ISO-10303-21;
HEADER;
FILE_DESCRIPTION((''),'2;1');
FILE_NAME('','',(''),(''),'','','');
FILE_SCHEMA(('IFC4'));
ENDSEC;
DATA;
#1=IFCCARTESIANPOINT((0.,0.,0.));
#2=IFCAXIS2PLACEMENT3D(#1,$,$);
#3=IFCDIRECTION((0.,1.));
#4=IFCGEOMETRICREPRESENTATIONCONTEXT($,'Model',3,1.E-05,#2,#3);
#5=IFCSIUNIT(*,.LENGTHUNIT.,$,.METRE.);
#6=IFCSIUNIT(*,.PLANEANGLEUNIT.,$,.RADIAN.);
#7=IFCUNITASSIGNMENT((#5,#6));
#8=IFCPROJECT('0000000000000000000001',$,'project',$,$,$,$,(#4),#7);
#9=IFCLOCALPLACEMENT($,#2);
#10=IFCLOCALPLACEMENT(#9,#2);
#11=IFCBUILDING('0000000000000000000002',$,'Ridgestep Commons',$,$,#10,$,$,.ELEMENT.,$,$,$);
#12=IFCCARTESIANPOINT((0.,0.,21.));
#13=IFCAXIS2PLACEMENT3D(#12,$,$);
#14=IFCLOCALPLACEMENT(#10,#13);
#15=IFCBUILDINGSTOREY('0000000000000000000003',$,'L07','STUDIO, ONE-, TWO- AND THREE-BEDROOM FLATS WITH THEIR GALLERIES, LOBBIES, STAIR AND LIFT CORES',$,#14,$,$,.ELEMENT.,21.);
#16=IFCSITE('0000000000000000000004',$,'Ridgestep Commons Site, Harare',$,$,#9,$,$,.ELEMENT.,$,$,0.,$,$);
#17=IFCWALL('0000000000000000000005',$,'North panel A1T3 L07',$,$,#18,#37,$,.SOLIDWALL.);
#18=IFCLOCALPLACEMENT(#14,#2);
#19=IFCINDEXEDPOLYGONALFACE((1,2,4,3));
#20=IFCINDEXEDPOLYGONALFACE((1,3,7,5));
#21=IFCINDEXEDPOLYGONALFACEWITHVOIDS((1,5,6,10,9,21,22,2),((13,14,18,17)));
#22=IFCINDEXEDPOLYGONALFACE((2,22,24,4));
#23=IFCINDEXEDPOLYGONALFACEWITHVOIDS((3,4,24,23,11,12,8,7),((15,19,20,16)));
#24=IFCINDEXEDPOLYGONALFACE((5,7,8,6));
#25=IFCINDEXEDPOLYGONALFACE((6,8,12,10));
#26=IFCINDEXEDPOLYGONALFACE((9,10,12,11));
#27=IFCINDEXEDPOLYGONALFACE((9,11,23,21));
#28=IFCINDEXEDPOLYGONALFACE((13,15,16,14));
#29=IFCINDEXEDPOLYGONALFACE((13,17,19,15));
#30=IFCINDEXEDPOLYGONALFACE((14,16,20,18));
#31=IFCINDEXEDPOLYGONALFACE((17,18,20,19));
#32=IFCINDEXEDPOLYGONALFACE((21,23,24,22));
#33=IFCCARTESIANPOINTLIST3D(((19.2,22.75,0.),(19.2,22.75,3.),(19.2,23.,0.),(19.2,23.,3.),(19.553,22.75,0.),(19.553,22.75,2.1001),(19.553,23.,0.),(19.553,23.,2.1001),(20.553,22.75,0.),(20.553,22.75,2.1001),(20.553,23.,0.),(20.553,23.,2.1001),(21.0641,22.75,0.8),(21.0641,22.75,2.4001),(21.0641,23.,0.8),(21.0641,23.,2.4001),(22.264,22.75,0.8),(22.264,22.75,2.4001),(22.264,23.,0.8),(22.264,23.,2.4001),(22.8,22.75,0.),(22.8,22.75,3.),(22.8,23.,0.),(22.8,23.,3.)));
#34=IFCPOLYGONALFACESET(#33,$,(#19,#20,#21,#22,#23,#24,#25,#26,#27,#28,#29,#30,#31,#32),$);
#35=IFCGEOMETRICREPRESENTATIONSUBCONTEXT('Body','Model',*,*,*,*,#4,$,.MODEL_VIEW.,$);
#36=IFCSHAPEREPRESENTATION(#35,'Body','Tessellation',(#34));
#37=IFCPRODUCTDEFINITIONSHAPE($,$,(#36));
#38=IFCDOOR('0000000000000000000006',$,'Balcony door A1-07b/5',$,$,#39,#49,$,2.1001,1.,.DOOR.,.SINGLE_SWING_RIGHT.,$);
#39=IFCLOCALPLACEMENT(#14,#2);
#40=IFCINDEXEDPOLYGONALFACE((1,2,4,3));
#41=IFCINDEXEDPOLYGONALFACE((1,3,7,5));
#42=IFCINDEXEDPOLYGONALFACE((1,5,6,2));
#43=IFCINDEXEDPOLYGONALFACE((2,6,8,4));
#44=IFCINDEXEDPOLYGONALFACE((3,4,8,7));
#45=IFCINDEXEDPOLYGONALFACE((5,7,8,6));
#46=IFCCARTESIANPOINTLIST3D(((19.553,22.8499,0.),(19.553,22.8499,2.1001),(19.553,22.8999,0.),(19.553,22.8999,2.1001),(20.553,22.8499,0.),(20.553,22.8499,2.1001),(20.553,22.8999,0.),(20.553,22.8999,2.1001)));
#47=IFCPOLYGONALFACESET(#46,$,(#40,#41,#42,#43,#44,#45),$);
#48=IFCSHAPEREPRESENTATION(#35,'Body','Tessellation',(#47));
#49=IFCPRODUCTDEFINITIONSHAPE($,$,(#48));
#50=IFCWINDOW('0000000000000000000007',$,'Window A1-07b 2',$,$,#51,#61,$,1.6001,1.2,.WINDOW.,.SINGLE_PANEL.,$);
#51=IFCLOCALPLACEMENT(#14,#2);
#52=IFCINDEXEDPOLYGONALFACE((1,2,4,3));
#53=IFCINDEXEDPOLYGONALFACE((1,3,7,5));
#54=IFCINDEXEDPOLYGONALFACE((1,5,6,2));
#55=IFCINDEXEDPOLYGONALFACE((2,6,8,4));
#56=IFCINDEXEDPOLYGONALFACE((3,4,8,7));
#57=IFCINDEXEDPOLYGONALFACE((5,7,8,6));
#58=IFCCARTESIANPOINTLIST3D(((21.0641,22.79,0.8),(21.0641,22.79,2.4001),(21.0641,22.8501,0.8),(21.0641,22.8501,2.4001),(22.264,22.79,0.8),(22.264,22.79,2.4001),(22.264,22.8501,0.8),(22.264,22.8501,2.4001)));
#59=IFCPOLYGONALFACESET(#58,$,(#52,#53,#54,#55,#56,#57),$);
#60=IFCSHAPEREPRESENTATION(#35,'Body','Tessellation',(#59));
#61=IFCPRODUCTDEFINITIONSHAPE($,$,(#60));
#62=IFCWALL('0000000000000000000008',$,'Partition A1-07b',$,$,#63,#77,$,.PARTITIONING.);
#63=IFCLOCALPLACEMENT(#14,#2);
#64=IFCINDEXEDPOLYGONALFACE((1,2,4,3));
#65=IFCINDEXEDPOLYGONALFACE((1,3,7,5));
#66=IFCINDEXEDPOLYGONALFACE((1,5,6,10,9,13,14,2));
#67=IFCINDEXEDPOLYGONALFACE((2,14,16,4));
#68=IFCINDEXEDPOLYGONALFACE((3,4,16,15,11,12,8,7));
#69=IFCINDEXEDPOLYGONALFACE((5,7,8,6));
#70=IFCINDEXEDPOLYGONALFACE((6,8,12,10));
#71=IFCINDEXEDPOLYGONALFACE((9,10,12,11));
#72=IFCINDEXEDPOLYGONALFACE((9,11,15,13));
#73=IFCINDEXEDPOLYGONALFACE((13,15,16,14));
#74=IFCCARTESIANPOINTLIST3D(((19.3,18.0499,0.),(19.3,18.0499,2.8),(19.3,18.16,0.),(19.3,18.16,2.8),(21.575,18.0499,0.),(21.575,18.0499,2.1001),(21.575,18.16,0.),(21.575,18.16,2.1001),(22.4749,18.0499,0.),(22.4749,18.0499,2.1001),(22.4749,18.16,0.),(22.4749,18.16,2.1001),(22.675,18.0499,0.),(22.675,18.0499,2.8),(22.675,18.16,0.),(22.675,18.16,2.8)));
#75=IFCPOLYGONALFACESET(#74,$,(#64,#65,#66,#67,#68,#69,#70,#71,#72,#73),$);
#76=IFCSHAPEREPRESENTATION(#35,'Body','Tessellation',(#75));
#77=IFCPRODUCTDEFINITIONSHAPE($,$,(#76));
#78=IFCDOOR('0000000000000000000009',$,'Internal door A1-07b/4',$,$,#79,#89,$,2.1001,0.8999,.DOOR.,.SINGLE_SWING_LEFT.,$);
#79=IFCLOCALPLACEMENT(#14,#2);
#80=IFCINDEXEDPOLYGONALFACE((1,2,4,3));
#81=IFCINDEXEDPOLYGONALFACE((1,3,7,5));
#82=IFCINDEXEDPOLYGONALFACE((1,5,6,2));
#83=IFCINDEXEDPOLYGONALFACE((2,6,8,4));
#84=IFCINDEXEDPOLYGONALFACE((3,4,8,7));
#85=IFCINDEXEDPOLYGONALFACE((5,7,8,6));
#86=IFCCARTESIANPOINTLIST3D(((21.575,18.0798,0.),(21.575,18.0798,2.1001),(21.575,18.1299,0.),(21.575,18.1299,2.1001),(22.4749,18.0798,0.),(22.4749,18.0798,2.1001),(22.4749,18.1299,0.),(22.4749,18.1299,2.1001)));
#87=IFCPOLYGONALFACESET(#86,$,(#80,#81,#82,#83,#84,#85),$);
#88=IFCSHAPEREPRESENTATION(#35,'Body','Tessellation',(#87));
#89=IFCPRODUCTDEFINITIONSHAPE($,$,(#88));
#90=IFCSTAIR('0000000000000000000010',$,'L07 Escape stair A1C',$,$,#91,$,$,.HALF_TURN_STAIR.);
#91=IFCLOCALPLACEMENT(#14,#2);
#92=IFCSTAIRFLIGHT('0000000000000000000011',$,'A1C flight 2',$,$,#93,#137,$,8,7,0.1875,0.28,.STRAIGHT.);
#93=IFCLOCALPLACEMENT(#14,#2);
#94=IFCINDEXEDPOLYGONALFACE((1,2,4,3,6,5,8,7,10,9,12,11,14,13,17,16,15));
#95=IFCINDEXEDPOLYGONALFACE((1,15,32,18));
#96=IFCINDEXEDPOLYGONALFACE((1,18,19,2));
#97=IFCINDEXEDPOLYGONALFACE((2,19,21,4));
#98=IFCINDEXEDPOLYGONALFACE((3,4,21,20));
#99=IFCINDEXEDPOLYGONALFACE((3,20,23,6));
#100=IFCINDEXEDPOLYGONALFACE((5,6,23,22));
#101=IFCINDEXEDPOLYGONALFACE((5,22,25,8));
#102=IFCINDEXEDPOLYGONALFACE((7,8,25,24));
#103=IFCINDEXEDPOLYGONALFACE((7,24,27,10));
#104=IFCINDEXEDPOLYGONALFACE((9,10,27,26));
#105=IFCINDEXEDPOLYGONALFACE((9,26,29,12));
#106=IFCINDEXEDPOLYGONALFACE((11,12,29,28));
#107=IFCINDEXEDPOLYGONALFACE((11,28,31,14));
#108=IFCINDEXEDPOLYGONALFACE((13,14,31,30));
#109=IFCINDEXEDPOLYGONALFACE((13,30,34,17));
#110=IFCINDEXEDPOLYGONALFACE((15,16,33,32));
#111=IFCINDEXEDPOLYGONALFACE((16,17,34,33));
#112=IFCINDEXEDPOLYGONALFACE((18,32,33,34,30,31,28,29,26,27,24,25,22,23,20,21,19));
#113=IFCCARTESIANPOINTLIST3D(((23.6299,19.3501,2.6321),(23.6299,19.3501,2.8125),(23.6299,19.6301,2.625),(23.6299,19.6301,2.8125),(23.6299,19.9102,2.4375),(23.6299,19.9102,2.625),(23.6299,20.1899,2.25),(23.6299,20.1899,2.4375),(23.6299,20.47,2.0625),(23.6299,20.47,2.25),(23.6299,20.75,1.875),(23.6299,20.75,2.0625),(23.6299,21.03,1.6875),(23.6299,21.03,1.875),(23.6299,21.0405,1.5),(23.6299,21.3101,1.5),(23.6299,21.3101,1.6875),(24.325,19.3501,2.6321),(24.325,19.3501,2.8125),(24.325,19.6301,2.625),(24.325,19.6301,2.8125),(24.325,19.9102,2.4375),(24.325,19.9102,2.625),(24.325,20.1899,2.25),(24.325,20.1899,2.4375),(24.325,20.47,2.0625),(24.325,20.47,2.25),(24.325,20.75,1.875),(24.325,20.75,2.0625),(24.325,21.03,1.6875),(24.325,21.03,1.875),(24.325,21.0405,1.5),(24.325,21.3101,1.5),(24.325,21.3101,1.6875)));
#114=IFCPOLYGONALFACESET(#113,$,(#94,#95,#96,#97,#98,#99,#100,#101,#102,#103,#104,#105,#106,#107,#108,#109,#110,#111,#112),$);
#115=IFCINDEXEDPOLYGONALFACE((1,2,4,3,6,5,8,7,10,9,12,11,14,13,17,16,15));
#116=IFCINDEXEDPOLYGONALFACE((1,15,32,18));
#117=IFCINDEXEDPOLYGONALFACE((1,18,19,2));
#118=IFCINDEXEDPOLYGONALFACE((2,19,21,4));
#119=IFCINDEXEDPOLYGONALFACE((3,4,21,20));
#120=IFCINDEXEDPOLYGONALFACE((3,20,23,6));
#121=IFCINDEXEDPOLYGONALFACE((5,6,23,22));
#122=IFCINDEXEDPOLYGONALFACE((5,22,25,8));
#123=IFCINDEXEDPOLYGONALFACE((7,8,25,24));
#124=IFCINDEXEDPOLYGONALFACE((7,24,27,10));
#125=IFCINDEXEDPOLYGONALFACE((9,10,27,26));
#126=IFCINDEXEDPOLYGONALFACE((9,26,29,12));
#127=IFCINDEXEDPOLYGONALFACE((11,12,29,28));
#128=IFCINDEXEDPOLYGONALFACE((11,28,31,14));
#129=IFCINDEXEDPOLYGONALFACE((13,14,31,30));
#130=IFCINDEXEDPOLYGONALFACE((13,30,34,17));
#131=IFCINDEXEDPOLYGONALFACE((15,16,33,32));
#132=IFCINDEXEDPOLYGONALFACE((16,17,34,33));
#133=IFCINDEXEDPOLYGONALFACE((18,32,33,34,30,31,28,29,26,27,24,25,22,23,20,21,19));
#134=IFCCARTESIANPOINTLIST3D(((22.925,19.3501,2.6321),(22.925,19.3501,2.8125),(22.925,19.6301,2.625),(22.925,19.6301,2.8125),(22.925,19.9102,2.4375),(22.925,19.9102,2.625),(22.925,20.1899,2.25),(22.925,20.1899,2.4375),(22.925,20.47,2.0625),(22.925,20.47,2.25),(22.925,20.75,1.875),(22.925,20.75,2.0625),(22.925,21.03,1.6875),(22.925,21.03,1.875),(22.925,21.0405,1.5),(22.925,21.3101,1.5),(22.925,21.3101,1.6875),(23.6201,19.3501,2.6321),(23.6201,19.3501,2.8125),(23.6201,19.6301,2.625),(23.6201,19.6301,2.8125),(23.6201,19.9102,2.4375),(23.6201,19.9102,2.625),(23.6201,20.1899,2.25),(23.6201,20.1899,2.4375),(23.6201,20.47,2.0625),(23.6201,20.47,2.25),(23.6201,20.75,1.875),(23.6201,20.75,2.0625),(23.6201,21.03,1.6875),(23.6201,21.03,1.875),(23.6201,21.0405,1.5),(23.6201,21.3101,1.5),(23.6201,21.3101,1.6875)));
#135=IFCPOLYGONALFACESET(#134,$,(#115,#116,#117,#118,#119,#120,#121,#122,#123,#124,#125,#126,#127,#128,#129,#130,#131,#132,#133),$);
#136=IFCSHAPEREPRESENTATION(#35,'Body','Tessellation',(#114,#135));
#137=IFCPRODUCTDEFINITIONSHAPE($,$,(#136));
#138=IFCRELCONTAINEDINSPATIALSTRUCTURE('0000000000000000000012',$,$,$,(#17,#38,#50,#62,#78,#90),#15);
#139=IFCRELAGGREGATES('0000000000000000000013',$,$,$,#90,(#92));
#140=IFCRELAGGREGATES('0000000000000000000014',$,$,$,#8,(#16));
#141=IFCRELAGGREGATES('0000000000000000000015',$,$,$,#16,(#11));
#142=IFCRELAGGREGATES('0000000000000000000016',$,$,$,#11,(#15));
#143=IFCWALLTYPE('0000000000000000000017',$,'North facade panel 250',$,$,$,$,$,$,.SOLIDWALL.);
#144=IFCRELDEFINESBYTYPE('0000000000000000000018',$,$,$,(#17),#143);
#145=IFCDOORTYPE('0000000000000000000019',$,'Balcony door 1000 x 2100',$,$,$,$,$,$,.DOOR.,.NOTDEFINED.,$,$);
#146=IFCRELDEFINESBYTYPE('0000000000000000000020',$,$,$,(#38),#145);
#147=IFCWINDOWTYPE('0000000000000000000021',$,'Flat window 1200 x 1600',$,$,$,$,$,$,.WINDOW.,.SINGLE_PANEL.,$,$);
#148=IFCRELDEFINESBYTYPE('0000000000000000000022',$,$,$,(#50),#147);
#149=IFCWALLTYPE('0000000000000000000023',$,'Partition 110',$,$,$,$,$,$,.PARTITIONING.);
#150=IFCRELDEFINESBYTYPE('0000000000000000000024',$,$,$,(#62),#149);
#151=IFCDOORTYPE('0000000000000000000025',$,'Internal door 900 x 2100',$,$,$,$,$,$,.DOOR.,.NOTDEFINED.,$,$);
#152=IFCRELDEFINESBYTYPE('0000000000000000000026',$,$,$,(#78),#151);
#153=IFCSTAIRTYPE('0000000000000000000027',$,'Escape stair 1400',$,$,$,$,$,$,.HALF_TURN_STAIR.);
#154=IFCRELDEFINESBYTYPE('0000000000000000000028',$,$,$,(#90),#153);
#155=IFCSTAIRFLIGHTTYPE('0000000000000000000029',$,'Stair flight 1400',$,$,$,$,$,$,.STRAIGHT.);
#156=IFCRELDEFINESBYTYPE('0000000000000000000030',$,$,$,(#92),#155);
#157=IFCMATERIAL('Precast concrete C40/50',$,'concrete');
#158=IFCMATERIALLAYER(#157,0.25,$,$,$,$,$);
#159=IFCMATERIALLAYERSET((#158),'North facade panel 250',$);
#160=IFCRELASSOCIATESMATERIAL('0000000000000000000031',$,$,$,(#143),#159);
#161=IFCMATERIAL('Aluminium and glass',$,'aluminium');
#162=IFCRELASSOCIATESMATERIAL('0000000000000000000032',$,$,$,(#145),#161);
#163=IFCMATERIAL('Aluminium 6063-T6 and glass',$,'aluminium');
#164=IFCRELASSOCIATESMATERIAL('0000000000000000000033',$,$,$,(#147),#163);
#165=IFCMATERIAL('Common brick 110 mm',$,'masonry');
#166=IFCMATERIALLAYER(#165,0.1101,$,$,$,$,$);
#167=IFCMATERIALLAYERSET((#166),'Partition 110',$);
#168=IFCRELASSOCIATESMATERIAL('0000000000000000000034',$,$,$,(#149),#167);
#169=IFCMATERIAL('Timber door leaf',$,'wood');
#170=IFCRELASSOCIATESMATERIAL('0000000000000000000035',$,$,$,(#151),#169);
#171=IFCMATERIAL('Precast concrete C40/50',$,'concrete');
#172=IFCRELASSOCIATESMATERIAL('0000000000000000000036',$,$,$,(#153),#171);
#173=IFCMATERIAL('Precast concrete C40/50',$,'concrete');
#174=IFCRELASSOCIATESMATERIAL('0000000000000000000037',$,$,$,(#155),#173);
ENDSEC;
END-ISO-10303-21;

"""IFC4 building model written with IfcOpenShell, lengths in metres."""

from ifc_helpers import new_model, si_unit, direction, frame, frame_2d, origin, place, context, subcontext, project, spatial, polyline, rectangle, outline, extrude, material, layer, layer_set, type_object, element, fill, aggregate, save


model = new_model("IFC4")

# Units and contexts
model_context = context("Model", 3, precision=1e-05, world=origin(), true_north=direction((0.0, 1.0)))
body_context = subcontext(model_context, "Body", "Model", "MODEL_VIEW")
ifc_project = project(units=[si_unit("LENGTHUNIT", "METRE"), si_unit("PLANEANGLEUNIT", "RADIAN")], contexts=[model_context])

# Site, building, storey
site_placement = place(None, origin())
site = spatial("IfcSite", under=ifc_project, at=site_placement, Name="Ridgestep Commons Site, Harare", CompositionType="ELEMENT", RefElevation=0.0)
building_placement = place(site_placement, origin())
building = spatial("IfcBuilding", under=site, at=building_placement, Name="Ridgestep Commons", CompositionType="ELEMENT")
storey_placement = place(building_placement, frame((0.0, 0.0, 21.0)))
storey = spatial("IfcBuildingStorey", under=building, at=storey_placement, Name="L07", Description="STUDIO, ONE-, TWO- AND THREE-BEDROOM FLATS WITH THEIR GALLERIES, LOBBIES, STAIR AND LIFT CORES", CompositionType="ELEMENT", Elevation=21.0)

# Wall, openings, door, window
ifc_material_1 = material(Name="Precast concrete C40/50", Category="concrete")
ifc_layer_1 = layer(ifc_material_1, 0.25)
ifc_layer_set_1 = layer_set([ifc_layer_1], Name="North facade panel 250")
wall_type_1 = type_object("IfcWallType", Name="North facade panel 250", PredefinedType="SOLIDWALL", material=ifc_layer_set_1)
wall_1_placement = place(storey_placement, frame((19.2, 22.875, 0.0), z_axis=(0.0, 0.0, 1.0), x_axis=(1.0, 0.0, 0.0)))
wall_1 = element("IfcWall", 1, at=wall_1_placement, inside=storey, type_object=wall_type_1, Name="North panel A1T3 L07", PredefinedType="SOLIDWALL", context=body_context, shape_type="SweptSolid", body=[
    extrude(rectangle(XDim=3.6001, YDim=0.25, at=frame_2d((1.8, 0.0))), origin(), (0.0, 0.0, 1.0), 3.0),
])
opening_1_placement = place(wall_1_placement, frame((1.864, 0.0, 0.8)))
opening_1 = element("IfcOpeningElement", 2, at=opening_1_placement, cuts=wall_1, PredefinedType="OPENING", context=body_context, shape_type="SweptSolid", body=[
    extrude(rectangle(XDim=1.2, YDim=1.6001, at=frame_2d((0.6001, 0.8))), frame((0.0, 0.135, 0.0), z_axis=(0.0, -1.0, 0.0), x_axis=(1.0, 0.0, 0.0)), (0.0, 0.0, 1.0), 0.27),
])
opening_2_placement = place(wall_1_placement, frame((0.353, 0.0, 0.0)))
opening_2 = element("IfcOpeningElement", 3, at=opening_2_placement, cuts=wall_1, PredefinedType="OPENING", context=body_context, shape_type="SweptSolid", body=[
    extrude(rectangle(XDim=1.0, YDim=2.1001, at=frame_2d((0.5, 1.05))), frame((0.0, 0.135, 0.0), z_axis=(0.0, -1.0, 0.0), x_axis=(1.0, 0.0, 0.0)), (0.0, 0.0, 1.0), 0.27),
])
ifc_material_2 = material(Name="Aluminium and glass", Category="aluminium")
door_type_1 = type_object("IfcDoorType", Name="Balcony door 1000 x 2100", OperationType="NOTDEFINED", PredefinedType="DOOR", material=ifc_material_2)
door_1_placement = place(opening_2_placement, origin())
door_1 = element("IfcDoor", 4, at=door_1_placement, inside=storey, type_object=door_type_1, Name="Balcony door A1-07b/5", OperationType="SINGLE_SWING_RIGHT", OverallHeight=2.1001, OverallWidth=1.0, PredefinedType="DOOR", context=body_context, shape_type="SweptSolid", body=[
    extrude(rectangle(XDim=1.0, YDim=2.1001, at=frame_2d((0.5, 1.05))), frame((0.0, 0.0249, 0.0), z_axis=(0.0, -1.0, 0.0), x_axis=(1.0, 0.0, 0.0)), (0.0, 0.0, 1.0), 0.05),
])
fill(opening_2, door_1)
ifc_material_3 = material(Name="Aluminium 6063-T6 and glass", Category="aluminium")
window_type = type_object("IfcWindowType", Name="Flat window 1200 x 1600", PartitioningType="SINGLE_PANEL", PredefinedType="WINDOW", material=ifc_material_3)
window_placement = place(opening_1_placement, origin())
window = element("IfcWindow", 5, at=window_placement, inside=storey, type_object=window_type, Name="Window A1-07b 2", OverallHeight=1.6001, OverallWidth=1.2, PartitioningType="SINGLE_PANEL", PredefinedType="WINDOW", context=body_context, shape_type="SweptSolid", body=[
    extrude(rectangle(XDim=1.2, YDim=1.6001, at=frame_2d((0.6001, 0.8))), frame((0.0, -0.0249, 0.0), z_axis=(0.0, -1.0, 0.0), x_axis=(1.0, 0.0, 0.0)), (0.0, 0.0, 1.0), 0.0601),
])
fill(opening_1, window)

# Wall, opening, door
ifc_material_4 = material(Name="Common brick 110 mm", Category="masonry")
ifc_layer_2 = layer(ifc_material_4, 0.1101)
ifc_layer_set_2 = layer_set([ifc_layer_2], Name="Partition 110")
wall_type_2 = type_object("IfcWallType", Name="Partition 110", PredefinedType="PARTITIONING", material=ifc_layer_set_2)
wall_2_placement = place(storey_placement, frame((19.3, 18.105, 0.0), z_axis=(0.0, 0.0, 1.0), x_axis=(1.0, 0.0, 0.0)))
wall_2 = element("IfcWall", 6, at=wall_2_placement, inside=storey, type_object=wall_type_2, Name="Partition A1-07b", PredefinedType="PARTITIONING", context=body_context, shape_type="SweptSolid", body=[
    extrude(rectangle(XDim=3.375, YDim=0.1101, at=frame_2d((1.6875, 0.0))), origin(), (0.0, 0.0, 1.0), 2.8),
])
opening_3_placement = place(wall_2_placement, frame((2.2749, 0.0, 0.0)))
opening_3 = element("IfcOpeningElement", 7, at=opening_3_placement, cuts=wall_2, PredefinedType="OPENING", context=body_context, shape_type="SweptSolid", body=[
    extrude(rectangle(XDim=0.8999, YDim=2.1001, at=frame_2d((0.45, 1.05))), frame((0.0, 0.0649, 0.0), z_axis=(0.0, -1.0, 0.0), x_axis=(1.0, 0.0, 0.0)), (0.0, 0.0, 1.0), 0.1301),
])
ifc_material_5 = material(Name="Timber door leaf", Category="wood")
door_type_2 = type_object("IfcDoorType", Name="Internal door 900 x 2100", OperationType="NOTDEFINED", PredefinedType="DOOR", material=ifc_material_5)
door_2_placement = place(opening_3_placement, origin())
door_2 = element("IfcDoor", 8, at=door_2_placement, inside=storey, type_object=door_type_2, Name="Internal door A1-07b/4", OperationType="SINGLE_SWING_LEFT", OverallHeight=2.1001, OverallWidth=0.8999, PredefinedType="DOOR", context=body_context, shape_type="SweptSolid", body=[
    extrude(rectangle(XDim=0.8999, YDim=2.1001, at=frame_2d((0.45, 1.05))), frame((0.0, 0.0249, 0.0), z_axis=(0.0, -1.0, 0.0), x_axis=(1.0, 0.0, 0.0)), (0.0, 0.0, 1.0), 0.05),
])
fill(opening_3, door_2)

# Stair, stair flight
ifc_material_6 = material(Name="Precast concrete C40/50", Category="concrete")
stair_type = type_object("IfcStairType", Name="Escape stair 1400", PredefinedType="HALF_TURN_STAIR", material=ifc_material_6)
stair_placement = place(storey_placement, origin())
stair = element("IfcStair", 9, at=stair_placement, inside=storey, type_object=stair_type, Name="L07 Escape stair A1C", PredefinedType="HALF_TURN_STAIR")
ifc_material_7 = material(Name="Precast concrete C40/50", Category="concrete")
stair_flight_type = type_object("IfcStairFlightType", Name="Stair flight 1400", PredefinedType="STRAIGHT", material=ifc_material_7)
stair_flight_placement = place(storey_placement, frame((23.625, 21.3101, 1.5), z_axis=(0.0, 0.0, 1.0), x_axis=(0.0, -1.0, 0.0)))
stair_flight = element("IfcStairFlight", 10, at=stair_flight_placement, type_object=stair_flight_type, Name="A1C flight 2", NumberOfRisers=8, NumberOfTreads=7, PredefinedType="STRAIGHT", RiserHeight=0.1875, TreadLength=0.28, context=body_context, shape_type="SweptSolid", body=[
    extrude(outline(polyline([(0.0, 0.0), (0.0, 0.1875), (0.28, 0.1875), (0.28, 0.375), (0.5601, 0.375), (0.5601, 0.5625), (0.8401, 0.5625), (0.8401, 0.75), (1.1201, 0.75), (1.1201, 0.9375), (1.3999, 0.9375), (1.3999, 1.125), (1.6799, 1.125), (1.6799, 1.3125), (1.96, 1.3125), (1.96, 1.5), (1.96, 1.1321), (0.2695, 0.0), (0.0, 0.0)])), frame((0.0, 0.7, 0.0), z_axis=(0.0, -1.0, 0.0), x_axis=(1.0, 0.0, 0.0)), (0.0, 0.0, 1.0), 0.6951),
    extrude(outline(polyline([(0.0, 0.0), (0.0, 0.1875), (0.28, 0.1875), (0.28, 0.375), (0.5601, 0.375), (0.5601, 0.5625), (0.8401, 0.5625), (0.8401, 0.75), (1.1201, 0.75), (1.1201, 0.9375), (1.3999, 0.9375), (1.3999, 1.125), (1.6799, 1.125), (1.6799, 1.3125), (1.96, 1.3125), (1.96, 1.5), (1.96, 1.1321), (0.2695, 0.0), (0.0, 0.0)])), frame((0.0, -0.0049, 0.0), z_axis=(0.0, -1.0, 0.0), x_axis=(1.0, 0.0, 0.0)), (0.0, 0.0, 1.0), 0.6951),
])
aggregate(stair, [stair_flight])

save(model, "model.ifc")
